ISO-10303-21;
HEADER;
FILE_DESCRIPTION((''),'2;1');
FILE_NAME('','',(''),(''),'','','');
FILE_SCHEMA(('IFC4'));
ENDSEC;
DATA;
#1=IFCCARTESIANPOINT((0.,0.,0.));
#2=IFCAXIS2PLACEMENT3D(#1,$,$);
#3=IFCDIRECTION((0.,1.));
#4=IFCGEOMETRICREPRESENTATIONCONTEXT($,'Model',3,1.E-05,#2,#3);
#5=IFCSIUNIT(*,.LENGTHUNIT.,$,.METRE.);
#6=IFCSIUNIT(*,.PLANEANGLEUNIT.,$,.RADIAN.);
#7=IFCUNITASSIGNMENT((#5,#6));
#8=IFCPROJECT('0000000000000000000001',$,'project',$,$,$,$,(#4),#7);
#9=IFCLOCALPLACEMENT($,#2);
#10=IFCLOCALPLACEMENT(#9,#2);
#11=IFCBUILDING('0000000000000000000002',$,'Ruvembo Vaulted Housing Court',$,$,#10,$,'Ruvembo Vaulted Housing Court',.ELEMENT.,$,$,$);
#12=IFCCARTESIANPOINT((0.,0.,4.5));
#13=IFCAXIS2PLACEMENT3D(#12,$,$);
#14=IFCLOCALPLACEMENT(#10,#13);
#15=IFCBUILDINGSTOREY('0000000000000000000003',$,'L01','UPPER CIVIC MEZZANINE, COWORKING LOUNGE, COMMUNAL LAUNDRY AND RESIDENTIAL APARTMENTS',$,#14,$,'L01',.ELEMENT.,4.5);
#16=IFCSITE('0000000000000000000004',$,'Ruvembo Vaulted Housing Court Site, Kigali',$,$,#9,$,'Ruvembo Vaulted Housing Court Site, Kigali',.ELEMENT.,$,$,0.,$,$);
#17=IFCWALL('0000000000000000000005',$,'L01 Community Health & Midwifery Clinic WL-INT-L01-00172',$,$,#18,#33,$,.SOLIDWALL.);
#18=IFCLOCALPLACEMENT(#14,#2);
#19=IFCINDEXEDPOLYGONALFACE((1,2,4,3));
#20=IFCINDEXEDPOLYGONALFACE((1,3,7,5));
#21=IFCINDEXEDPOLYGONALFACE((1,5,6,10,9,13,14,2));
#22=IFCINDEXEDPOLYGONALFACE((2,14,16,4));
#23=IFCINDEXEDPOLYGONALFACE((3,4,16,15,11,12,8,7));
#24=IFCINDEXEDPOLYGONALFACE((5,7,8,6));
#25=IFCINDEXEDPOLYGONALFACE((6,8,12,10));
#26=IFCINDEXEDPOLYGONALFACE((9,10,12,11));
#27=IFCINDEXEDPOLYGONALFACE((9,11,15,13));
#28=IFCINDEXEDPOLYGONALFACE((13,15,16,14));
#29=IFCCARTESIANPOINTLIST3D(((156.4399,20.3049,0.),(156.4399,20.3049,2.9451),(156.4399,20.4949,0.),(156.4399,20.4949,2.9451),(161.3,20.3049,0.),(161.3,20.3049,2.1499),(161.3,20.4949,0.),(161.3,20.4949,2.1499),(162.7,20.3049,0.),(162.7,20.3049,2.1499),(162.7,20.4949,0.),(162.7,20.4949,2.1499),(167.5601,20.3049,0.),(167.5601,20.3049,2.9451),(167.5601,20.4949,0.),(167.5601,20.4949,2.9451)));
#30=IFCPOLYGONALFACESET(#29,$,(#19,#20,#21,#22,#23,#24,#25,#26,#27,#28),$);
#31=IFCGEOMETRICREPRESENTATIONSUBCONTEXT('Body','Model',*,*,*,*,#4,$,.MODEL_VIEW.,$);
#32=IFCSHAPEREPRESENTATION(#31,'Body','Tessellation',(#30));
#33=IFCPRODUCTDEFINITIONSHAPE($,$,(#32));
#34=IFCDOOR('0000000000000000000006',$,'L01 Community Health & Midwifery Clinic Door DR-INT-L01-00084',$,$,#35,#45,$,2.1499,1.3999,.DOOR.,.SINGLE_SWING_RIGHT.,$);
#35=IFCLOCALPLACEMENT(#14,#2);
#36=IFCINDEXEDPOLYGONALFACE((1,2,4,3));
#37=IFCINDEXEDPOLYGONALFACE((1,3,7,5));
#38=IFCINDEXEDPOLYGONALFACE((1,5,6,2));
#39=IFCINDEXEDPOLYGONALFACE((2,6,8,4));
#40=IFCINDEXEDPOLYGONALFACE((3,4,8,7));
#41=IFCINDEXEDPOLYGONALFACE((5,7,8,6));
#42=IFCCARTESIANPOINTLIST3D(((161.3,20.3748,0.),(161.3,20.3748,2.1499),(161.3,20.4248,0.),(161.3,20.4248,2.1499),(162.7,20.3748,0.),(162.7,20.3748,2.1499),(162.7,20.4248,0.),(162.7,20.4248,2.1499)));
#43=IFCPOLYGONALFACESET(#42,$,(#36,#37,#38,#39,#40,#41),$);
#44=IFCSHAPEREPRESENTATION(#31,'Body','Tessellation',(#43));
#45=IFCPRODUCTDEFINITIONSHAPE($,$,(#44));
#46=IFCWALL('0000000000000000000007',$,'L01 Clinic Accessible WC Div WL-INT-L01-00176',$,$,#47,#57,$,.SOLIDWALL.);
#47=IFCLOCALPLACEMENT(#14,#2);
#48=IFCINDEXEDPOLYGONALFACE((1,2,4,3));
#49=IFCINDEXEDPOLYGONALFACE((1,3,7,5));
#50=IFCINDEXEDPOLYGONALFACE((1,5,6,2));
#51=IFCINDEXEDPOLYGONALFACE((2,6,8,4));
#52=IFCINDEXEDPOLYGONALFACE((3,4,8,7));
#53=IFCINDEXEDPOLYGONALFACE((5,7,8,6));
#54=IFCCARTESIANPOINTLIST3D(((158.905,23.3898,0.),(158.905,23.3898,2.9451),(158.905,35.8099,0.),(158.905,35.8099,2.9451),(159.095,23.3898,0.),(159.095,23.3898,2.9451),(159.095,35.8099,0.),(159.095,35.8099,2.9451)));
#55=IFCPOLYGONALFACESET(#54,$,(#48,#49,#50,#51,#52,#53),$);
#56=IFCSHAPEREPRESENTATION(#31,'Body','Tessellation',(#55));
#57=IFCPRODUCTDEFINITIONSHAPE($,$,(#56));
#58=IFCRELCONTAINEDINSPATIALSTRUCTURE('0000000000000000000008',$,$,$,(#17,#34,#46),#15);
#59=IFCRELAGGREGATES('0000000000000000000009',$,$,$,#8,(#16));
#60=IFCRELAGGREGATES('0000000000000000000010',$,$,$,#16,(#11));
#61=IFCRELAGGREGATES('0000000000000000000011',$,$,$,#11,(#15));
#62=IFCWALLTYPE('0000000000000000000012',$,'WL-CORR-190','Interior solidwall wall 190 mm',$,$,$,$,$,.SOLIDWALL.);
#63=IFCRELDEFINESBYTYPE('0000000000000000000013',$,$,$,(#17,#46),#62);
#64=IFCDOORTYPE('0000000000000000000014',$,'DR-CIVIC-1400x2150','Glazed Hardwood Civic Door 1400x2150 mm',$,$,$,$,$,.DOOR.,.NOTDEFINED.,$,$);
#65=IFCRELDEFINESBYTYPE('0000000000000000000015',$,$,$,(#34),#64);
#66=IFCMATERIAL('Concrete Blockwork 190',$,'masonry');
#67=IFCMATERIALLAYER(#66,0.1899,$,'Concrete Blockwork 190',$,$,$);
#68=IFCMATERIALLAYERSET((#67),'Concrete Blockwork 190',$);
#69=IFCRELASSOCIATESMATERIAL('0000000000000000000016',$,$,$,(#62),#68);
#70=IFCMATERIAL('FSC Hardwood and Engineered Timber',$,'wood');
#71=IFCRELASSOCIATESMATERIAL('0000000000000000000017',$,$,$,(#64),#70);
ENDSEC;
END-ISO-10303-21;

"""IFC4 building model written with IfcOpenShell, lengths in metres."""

from ifc_helpers import new_model, si_unit, direction, frame, frame_2d, origin, place, context, subcontext, project, spatial, rectangle, extrude, material, layer, layer_set, type_object, element, fill, save


model = new_model("IFC4")

# Units and contexts
model_context = context("Model", 3, precision=1e-05, world=origin(), true_north=direction((0.0, 1.0)))
body_context = subcontext(model_context, "Body", "Model", "MODEL_VIEW")
ifc_project = project(units=[si_unit("LENGTHUNIT", "METRE"), si_unit("PLANEANGLEUNIT", "RADIAN")], contexts=[model_context])

# Site, building, storey
site_placement = place(None, origin())
site = spatial("IfcSite", under=ifc_project, at=site_placement, Name="Ruvembo Vaulted Housing Court Site, Kigali", LongName="Ruvembo Vaulted Housing Court Site, Kigali", CompositionType="ELEMENT", RefElevation=0.0)
building_placement = place(site_placement, origin())
building = spatial("IfcBuilding", under=site, at=building_placement, Name="Ruvembo Vaulted Housing Court", LongName="Ruvembo Vaulted Housing Court", CompositionType="ELEMENT")
storey_placement = place(building_placement, frame((0.0, 0.0, 4.5)))
storey = spatial("IfcBuildingStorey", under=building, at=storey_placement, Name="L01", Description="UPPER CIVIC MEZZANINE, COWORKING LOUNGE, COMMUNAL LAUNDRY AND RESIDENTIAL APARTMENTS", LongName="L01", CompositionType="ELEMENT", Elevation=4.5)

# Wall, opening, door
ifc_material_1 = material(Name="Concrete Blockwork 190", Category="masonry")
ifc_layer_1 = layer(ifc_material_1, 0.1899, Name="Concrete Blockwork 190")
ifc_layer_set_1 = layer_set([ifc_layer_1], Name="Concrete Blockwork 190")
wall_type = type_object("IfcWallType", Name="WL-CORR-190", Description="Interior solidwall wall 190 mm", PredefinedType="SOLIDWALL", material=ifc_layer_set_1)
wall_1_placement = place(storey_placement, frame((156.4399, 20.3999, 0.0), z_axis=(0.0, 0.0, 1.0), x_axis=(1.0, 0.0, 0.0)))
wall_1 = element("IfcWall", 1, at=wall_1_placement, inside=storey, type_object=wall_type, Name="L01 Community Health & Midwifery Clinic WL-INT-L01-00172", PredefinedType="SOLIDWALL", context=body_context, shape_type="SweptSolid", body=[
    extrude(rectangle(XDim=11.1201, YDim=0.1899, at=frame_2d((5.5601, 0.0))), origin(), (0.0, 0.0, 1.0), 2.9451),
])
opening_1_placement = place(wall_1_placement, frame((4.8601, 0.0, 0.0)))
opening_1 = element("IfcOpeningElement", 2, at=opening_1_placement, cuts=wall_1, PredefinedType="OPENING", context=body_context, shape_type="SweptSolid", body=[
    extrude(rectangle(XDim=1.3999, YDim=2.1499, at=frame_2d((0.7, 1.075))), frame((0.0, 0.105, 0.0), z_axis=(0.0, -1.0, 0.0), x_axis=(1.0, 0.0, 0.0)), (0.0, 0.0, 1.0), 0.21),
])
ifc_material_2 = material(Name="FSC Hardwood and Engineered Timber", Category="wood")
door_type_1 = type_object("IfcDoorType", Name="DR-CIVIC-1400x2150", Description="Glazed Hardwood Civic Door 1400x2150 mm", OperationType="NOTDEFINED", PredefinedType="DOOR", material=ifc_material_2)
door_1_placement = place(opening_1_placement, origin())
door_1 = element("IfcDoor", 3, at=door_1_placement, inside=storey, type_object=door_type_1, Name="L01 Community Health & Midwifery Clinic Door DR-INT-L01-00084", OperationType="SINGLE_SWING_RIGHT", OverallHeight=2.1499, OverallWidth=1.3999, PredefinedType="DOOR", context=body_context, shape_type="SweptSolid", body=[
    extrude(rectangle(XDim=1.3999, YDim=2.1499, at=frame_2d((0.7, 1.075))), frame((0.0, 0.0249, 0.0), z_axis=(0.0, -1.0, 0.0), x_axis=(1.0, 0.0, 0.0)), (0.0, 0.0, 1.0), 0.05),
])
fill(opening_1, door_1)

# Wall
wall_2_placement = place(storey_placement, frame((159.0, 23.3899, 0.0), z_axis=(0.0, 0.0, 1.0), x_axis=(0.0, 1.0, 0.0)))
element("IfcWall", 4, at=wall_2_placement, inside=storey, type_object=wall_type, Name="L01 Clinic Accessible WC Div WL-INT-L01-00176", PredefinedType="SOLIDWALL", context=body_context, shape_type="SweptSolid", body=[
    extrude(rectangle(XDim=12.4202, YDim=0.1899, at=frame_2d((6.21, 0.0))), origin(), (0.0, 0.0, 1.0), 2.9451),
])

save(model, "model.ifc")
